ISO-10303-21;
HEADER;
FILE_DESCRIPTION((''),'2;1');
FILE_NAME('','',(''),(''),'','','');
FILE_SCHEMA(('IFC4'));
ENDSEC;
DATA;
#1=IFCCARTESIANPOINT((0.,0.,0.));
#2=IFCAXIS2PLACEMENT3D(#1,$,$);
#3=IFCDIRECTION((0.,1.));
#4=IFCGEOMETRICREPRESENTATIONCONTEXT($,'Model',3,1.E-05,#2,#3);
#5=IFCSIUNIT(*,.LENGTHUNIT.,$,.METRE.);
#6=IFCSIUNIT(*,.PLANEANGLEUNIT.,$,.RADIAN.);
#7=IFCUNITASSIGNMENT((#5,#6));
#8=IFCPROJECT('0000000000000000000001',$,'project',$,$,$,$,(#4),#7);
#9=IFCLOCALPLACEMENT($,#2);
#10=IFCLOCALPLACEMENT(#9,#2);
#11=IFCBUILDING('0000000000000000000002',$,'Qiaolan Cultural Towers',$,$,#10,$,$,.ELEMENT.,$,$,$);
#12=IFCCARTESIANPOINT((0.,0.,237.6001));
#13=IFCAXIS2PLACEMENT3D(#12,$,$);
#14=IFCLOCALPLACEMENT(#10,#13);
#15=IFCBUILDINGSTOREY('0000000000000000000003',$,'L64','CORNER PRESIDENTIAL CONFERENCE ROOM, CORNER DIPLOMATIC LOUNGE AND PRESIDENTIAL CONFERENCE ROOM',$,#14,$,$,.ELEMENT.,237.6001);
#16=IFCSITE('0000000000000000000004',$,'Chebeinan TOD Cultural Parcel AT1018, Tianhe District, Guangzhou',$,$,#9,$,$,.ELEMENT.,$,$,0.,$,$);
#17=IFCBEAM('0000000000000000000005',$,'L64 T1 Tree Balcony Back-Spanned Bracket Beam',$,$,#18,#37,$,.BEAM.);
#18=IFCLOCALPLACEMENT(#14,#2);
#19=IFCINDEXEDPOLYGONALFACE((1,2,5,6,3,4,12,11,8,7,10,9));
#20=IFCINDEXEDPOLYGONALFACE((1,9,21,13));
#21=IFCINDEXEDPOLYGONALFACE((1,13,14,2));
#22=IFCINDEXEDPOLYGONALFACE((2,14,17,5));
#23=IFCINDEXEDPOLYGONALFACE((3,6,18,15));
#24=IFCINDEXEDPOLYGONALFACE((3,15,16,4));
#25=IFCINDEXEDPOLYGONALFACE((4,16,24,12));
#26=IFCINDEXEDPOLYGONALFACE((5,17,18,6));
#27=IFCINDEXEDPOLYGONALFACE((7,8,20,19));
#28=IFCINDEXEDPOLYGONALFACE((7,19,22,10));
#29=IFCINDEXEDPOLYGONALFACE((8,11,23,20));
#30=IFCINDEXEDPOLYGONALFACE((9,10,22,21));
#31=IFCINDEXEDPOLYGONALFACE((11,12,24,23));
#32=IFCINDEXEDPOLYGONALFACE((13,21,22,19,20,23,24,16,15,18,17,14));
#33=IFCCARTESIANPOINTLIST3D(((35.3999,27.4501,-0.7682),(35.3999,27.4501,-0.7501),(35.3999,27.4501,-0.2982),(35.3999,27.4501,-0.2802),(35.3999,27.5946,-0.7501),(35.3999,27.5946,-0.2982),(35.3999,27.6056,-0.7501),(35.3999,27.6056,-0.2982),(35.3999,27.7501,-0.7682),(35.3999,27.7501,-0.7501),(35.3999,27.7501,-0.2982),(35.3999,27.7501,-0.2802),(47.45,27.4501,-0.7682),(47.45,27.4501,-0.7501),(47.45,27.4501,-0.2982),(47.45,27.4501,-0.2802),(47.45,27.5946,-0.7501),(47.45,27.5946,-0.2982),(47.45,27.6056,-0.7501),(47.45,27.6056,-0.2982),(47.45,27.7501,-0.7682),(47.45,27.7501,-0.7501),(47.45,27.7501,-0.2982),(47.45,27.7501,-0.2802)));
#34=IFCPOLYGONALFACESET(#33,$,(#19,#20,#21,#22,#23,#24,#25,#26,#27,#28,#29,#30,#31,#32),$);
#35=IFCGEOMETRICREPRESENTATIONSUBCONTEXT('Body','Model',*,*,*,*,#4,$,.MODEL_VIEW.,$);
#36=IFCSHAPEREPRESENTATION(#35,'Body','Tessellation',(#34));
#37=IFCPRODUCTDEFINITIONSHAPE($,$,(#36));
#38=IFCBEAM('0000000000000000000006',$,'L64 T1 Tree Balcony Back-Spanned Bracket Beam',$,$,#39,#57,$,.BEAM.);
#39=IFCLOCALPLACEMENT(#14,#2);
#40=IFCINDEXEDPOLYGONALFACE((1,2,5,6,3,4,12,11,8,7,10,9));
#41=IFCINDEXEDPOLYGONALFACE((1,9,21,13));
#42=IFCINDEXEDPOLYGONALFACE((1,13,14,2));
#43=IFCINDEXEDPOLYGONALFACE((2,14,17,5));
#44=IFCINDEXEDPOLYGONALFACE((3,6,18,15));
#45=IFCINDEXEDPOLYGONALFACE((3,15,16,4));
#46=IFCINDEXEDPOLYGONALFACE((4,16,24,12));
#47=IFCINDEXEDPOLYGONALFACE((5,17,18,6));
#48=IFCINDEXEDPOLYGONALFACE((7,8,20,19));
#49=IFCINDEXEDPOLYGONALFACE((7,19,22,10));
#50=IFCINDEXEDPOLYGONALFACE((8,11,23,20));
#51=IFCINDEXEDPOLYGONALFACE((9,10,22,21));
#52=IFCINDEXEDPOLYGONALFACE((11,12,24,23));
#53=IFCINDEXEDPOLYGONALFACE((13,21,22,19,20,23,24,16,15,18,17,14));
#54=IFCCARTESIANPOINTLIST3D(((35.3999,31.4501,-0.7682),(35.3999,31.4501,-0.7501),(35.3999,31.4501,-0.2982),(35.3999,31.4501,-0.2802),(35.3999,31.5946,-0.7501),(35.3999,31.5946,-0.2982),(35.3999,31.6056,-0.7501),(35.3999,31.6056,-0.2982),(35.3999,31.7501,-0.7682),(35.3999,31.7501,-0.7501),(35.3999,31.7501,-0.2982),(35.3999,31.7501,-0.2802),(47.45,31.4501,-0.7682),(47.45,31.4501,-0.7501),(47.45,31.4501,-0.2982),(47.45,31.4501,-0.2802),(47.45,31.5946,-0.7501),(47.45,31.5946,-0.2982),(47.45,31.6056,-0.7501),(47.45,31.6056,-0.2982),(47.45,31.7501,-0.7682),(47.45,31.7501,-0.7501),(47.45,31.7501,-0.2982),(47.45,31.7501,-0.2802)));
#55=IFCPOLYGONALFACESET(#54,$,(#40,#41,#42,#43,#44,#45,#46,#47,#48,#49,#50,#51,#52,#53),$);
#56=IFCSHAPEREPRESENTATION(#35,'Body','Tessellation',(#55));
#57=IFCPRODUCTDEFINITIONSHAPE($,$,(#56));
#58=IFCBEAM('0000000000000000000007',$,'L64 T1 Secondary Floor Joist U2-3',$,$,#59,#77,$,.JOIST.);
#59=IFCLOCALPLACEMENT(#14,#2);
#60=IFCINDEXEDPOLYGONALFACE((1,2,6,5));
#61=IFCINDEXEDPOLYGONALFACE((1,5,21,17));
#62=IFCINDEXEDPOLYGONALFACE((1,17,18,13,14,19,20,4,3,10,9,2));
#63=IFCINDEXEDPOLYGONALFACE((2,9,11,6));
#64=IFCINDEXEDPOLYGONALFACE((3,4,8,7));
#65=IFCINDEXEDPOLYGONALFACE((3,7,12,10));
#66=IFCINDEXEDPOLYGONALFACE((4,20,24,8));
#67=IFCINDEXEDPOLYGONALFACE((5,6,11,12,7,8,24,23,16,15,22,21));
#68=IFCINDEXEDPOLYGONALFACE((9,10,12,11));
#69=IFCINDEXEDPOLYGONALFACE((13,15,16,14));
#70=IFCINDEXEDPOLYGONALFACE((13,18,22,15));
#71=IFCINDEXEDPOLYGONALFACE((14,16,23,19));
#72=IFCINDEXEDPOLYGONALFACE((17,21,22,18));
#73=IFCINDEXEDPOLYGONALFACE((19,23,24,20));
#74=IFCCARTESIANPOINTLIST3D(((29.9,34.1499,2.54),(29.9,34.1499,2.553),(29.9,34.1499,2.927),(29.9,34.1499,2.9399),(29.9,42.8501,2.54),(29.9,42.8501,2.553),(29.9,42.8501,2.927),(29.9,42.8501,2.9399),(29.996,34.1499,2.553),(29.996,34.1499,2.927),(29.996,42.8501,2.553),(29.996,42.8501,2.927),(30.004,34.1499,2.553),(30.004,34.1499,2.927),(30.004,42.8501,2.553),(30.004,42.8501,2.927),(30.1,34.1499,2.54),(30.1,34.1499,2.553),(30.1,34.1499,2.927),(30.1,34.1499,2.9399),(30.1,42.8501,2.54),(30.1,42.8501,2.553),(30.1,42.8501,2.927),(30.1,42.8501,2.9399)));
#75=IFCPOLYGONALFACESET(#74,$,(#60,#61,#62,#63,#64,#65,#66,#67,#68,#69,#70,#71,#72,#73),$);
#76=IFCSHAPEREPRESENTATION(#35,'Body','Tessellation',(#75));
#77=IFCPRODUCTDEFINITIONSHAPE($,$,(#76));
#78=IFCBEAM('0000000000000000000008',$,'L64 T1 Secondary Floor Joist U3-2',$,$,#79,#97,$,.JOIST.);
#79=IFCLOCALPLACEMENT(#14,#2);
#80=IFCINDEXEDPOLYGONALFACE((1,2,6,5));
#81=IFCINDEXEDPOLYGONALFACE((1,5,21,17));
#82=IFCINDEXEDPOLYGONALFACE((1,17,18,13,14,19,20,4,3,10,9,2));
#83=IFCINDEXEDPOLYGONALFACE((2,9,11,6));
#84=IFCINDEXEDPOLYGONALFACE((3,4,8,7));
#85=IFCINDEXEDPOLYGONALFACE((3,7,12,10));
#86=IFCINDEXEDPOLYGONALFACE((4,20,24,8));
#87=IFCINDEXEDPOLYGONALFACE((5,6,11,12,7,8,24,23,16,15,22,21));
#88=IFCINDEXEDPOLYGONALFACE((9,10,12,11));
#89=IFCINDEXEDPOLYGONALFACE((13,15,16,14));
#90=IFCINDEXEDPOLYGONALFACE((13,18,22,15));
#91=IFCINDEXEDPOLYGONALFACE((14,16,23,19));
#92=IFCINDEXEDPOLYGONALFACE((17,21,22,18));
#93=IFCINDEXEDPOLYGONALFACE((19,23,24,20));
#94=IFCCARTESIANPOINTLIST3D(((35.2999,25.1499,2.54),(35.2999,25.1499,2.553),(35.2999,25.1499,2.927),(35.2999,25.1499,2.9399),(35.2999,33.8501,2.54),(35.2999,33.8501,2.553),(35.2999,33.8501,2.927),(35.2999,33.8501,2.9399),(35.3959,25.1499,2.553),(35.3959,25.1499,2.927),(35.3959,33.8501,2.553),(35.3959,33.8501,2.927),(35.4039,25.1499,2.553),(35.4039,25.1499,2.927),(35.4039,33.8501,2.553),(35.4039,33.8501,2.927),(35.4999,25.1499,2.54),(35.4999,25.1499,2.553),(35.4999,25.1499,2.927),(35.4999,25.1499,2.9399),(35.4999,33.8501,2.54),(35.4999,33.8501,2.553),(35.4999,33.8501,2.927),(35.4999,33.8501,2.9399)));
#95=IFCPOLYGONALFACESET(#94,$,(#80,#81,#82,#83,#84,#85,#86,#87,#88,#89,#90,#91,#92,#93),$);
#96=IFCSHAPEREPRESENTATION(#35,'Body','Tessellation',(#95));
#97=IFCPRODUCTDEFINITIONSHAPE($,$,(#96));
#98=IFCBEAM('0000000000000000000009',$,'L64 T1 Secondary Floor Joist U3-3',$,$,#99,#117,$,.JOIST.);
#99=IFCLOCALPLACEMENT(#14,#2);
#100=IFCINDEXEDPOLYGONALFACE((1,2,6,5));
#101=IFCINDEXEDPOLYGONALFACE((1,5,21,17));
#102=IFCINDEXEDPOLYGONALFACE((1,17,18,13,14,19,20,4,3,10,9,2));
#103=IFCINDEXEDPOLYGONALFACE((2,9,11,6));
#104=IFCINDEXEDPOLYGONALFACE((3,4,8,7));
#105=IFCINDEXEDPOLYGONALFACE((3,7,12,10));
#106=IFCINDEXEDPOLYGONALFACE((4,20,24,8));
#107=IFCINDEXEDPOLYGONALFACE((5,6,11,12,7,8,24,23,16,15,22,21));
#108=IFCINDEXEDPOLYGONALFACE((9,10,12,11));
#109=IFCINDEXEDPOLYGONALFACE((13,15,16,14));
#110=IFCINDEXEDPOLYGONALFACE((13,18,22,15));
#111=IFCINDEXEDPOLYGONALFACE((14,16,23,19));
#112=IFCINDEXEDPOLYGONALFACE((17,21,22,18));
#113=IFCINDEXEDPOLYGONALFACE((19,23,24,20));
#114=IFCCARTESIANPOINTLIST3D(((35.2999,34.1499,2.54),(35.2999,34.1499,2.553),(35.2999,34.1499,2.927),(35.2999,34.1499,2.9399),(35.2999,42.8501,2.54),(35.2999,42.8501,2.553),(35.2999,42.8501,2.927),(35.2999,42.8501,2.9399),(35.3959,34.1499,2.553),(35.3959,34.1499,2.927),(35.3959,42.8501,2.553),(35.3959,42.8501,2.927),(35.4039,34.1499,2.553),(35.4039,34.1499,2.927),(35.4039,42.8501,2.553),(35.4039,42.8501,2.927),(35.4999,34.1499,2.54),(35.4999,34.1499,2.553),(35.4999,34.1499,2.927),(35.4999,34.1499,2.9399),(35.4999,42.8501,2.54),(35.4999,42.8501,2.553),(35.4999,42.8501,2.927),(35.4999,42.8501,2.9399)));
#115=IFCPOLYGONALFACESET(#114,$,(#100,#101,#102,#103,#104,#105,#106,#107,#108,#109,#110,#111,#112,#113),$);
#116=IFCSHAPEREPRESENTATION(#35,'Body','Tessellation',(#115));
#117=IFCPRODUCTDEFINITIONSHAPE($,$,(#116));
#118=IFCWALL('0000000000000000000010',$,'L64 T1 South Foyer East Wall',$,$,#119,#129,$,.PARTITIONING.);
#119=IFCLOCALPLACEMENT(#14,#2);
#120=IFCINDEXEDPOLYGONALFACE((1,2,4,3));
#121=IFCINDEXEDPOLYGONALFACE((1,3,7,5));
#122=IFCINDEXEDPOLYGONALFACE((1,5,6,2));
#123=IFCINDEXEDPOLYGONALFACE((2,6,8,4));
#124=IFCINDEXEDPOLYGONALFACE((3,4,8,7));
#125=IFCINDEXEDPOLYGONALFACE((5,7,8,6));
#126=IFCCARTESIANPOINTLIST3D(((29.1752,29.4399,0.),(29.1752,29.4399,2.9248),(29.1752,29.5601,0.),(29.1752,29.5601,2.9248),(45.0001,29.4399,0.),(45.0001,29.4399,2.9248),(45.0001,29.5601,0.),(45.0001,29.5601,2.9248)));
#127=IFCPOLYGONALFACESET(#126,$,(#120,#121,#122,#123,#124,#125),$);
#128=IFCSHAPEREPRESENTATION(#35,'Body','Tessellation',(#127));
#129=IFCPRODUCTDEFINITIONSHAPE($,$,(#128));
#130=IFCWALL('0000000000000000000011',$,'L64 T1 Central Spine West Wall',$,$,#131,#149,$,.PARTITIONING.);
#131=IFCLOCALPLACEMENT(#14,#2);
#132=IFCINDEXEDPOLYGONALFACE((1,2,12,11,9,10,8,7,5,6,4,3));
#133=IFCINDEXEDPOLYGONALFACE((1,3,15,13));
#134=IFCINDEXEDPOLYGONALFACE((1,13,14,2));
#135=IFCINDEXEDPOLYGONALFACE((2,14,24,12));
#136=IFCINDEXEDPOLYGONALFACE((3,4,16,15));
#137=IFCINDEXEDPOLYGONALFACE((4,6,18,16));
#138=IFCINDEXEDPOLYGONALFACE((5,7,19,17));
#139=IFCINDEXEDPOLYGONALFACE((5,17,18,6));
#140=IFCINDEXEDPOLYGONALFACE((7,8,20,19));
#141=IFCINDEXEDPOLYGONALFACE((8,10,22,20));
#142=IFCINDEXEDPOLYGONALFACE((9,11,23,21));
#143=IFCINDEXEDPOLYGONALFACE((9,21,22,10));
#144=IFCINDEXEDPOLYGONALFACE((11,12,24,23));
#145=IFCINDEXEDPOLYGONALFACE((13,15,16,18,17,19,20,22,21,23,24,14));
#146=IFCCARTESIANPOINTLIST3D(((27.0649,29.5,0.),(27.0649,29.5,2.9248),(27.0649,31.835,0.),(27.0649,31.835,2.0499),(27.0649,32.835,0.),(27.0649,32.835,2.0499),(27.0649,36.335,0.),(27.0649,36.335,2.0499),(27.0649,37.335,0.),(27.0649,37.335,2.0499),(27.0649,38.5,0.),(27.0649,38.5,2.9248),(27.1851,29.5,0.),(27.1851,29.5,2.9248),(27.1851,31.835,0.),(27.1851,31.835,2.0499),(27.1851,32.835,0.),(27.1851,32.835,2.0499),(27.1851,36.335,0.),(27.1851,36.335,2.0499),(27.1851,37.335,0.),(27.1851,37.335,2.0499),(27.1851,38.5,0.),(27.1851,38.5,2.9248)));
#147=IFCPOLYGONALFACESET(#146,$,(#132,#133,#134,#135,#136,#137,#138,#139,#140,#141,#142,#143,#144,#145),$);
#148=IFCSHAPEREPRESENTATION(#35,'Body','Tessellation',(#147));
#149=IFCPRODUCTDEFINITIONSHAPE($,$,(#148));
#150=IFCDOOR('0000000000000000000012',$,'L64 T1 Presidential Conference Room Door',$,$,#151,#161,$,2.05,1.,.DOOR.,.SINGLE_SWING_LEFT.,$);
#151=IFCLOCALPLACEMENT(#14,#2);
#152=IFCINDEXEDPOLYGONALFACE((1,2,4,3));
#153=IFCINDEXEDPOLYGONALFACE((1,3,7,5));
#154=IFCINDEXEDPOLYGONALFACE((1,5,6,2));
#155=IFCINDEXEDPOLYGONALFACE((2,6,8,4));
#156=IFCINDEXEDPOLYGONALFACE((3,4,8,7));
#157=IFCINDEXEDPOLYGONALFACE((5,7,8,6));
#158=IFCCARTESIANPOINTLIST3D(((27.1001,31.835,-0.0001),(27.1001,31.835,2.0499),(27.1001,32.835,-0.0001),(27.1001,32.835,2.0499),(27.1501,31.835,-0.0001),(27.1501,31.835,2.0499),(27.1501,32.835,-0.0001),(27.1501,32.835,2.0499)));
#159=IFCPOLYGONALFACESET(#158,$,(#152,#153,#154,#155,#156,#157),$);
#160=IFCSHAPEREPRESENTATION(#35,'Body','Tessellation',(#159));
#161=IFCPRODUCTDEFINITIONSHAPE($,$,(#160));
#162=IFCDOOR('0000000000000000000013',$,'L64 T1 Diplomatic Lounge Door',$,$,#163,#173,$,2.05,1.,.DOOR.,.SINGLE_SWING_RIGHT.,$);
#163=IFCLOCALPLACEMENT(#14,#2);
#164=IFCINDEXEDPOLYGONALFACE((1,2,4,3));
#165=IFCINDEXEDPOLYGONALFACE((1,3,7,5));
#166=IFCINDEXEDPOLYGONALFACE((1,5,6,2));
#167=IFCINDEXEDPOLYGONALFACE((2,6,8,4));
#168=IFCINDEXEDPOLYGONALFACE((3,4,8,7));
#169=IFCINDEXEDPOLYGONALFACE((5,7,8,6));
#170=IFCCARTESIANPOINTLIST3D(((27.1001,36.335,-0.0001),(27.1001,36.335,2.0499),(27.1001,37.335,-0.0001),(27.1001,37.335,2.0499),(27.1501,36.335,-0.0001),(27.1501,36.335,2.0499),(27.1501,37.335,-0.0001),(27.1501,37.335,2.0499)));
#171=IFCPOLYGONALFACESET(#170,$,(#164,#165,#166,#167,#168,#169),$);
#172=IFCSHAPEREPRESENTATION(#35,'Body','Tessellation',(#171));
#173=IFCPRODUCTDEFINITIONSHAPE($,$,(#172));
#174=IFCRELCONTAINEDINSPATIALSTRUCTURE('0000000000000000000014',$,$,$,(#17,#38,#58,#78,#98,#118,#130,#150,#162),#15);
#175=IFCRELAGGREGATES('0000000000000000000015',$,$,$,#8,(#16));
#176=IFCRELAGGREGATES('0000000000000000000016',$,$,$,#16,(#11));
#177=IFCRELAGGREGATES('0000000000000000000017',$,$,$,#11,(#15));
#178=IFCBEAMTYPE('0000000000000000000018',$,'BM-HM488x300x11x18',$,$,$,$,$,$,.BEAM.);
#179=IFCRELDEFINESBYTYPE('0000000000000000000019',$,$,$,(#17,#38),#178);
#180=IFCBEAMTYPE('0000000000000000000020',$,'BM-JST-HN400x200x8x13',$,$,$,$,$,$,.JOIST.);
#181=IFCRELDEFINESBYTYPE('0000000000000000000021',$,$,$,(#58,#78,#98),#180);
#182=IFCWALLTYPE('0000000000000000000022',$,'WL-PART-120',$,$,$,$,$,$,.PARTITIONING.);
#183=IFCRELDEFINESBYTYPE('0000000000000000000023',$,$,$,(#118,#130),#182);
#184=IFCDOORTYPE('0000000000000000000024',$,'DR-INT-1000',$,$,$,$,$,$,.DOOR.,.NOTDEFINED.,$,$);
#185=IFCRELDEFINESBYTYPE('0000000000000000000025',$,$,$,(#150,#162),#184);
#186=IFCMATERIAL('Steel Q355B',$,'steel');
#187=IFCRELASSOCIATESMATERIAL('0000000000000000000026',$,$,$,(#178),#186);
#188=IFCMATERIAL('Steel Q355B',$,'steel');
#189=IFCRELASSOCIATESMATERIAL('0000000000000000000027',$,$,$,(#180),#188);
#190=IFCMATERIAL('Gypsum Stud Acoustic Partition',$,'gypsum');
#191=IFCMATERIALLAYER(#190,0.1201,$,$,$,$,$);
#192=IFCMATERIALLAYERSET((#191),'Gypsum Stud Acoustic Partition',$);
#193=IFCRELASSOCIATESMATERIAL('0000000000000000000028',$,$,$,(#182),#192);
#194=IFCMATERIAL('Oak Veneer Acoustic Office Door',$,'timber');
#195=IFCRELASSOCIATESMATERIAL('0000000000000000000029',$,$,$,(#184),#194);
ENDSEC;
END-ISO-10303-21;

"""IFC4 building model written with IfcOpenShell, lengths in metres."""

from ifc_helpers import new_model, si_unit, direction, frame, frame_2d, origin, origin_2d, place, context, subcontext, project, spatial, rectangle, i_section, extrude, material, layer, layer_set, material_profile, profile_set, type_object, element, fill, save


model = new_model("IFC4")

# Units and contexts
model_context = context("Model", 3, precision=1e-05, world=origin(), true_north=direction((0.0, 1.0)))
body_context = subcontext(model_context, "Body", "Model", "MODEL_VIEW")
ifc_project = project(units=[si_unit("LENGTHUNIT", "METRE"), si_unit("PLANEANGLEUNIT", "RADIAN")], contexts=[model_context])

# Site, building, storey
site_placement = place(None, origin())
site = spatial("IfcSite", under=ifc_project, at=site_placement, Name="Chebeinan TOD Cultural Parcel AT1018, Tianhe District, Guangzhou", CompositionType="ELEMENT", RefElevation=0.0)
building_placement = place(site_placement, origin())
building = spatial("IfcBuilding", under=site, at=building_placement, Name="Qiaolan Cultural Towers", CompositionType="ELEMENT")
storey_placement = place(building_placement, frame((0.0, 0.0, 237.6001)))
storey = spatial("IfcBuildingStorey", under=building, at=storey_placement, Name="L64", Description="CORNER PRESIDENTIAL CONFERENCE ROOM, CORNER DIPLOMATIC LOUNGE AND PRESIDENTIAL CONFERENCE ROOM", CompositionType="ELEMENT", Elevation=237.6001)

# Beams
ifc_material_1 = material(Name="Steel Q355B", Category="steel")
ifc_material_profile_1 = material_profile(ifc_material_1, i_section(OverallWidth=0.3, OverallDepth=0.488, WebThickness=0.011, FlangeThickness=0.0181, at=origin_2d()), Name="HM488x300x11x18")
ifc_profile_set_1 = profile_set([ifc_material_profile_1], Name="Steel Q355B")
beam_type_1 = type_object("IfcBeamType", Name="BM-HM488x300x11x18", PredefinedType="BEAM", material=ifc_profile_set_1)
for number, where, z_axis, x_axis, name in (
    (1, (35.3999, 27.6001, -0.5242), (1.0, 0.0, 0.0), (0.0, 1.0, 0.0), "L64 T1 Tree Balcony Back-Spanned Bracket Beam"),
    (2, (35.3999, 31.6001, -0.5242), (1.0, 0.0, 0.0), (0.0, 1.0, 0.0), "L64 T1 Tree Balcony Back-Spanned Bracket Beam"),
):
    element("IfcBeam", number, at=place(storey_placement, frame(where, z_axis=z_axis, x_axis=x_axis)), inside=storey, type_object=beam_type_1, Name=name, PredefinedType="BEAM", context=body_context, shape_type="SweptSolid", body=[
        extrude(i_section(OverallWidth=0.3, OverallDepth=0.488, WebThickness=0.011, FlangeThickness=0.0181, at=origin_2d()), origin(), (0.0, 0.0, 1.0), 12.05),
    ])
ifc_material_2 = material(Name="Steel Q355B", Category="steel")
ifc_material_profile_2 = material_profile(ifc_material_2, i_section(OverallWidth=0.2, OverallDepth=0.3999, WebThickness=0.0081, FlangeThickness=0.0129, at=origin_2d()), Name="HN400x200x8x13")
ifc_profile_set_2 = profile_set([ifc_material_profile_2], Name="Steel Q355B")
beam_type_2 = type_object("IfcBeamType", Name="BM-JST-HN400x200x8x13", PredefinedType="JOIST", material=ifc_profile_set_2)
for number, where, z_axis, x_axis, name in (
    (3, (30.0, 34.1499, 2.74), (0.0, 1.0, 0.0), (-1.0, 0.0, 0.0), "L64 T1 Secondary Floor Joist U2-3"),
    (4, (35.3999, 25.1499, 2.74), (0.0, 1.0, 0.0), (-1.0, 0.0, 0.0), "L64 T1 Secondary Floor Joist U3-2"),
    (5, (35.3999, 34.1499, 2.74), (0.0, 1.0, 0.0), (-1.0, 0.0, 0.0), "L64 T1 Secondary Floor Joist U3-3"),
):
    element("IfcBeam", number, at=place(storey_placement, frame(where, z_axis=z_axis, x_axis=x_axis)), inside=storey, type_object=beam_type_2, Name=name, PredefinedType="JOIST", context=body_context, shape_type="SweptSolid", body=[
        extrude(i_section(OverallWidth=0.2, OverallDepth=0.3999, WebThickness=0.0081, FlangeThickness=0.0129, at=origin_2d()), origin(), (0.0, 0.0, 1.0), 8.7002),
    ])

# Wall
ifc_material_3 = material(Name="Gypsum Stud Acoustic Partition", Category="gypsum")
ifc_layer = layer(ifc_material_3, 0.1201)
ifc_layer_set = layer_set([ifc_layer], Name="Gypsum Stud Acoustic Partition")
wall_type = type_object("IfcWallType", Name="WL-PART-120", PredefinedType="PARTITIONING", material=ifc_layer_set)
wall_1_placement = place(storey_placement, frame((29.175, 29.5, 0.0), z_axis=(0.0, 0.0, 1.0), x_axis=(1.0, 0.0, 0.0)))
element("IfcWall", 6, at=wall_1_placement, inside=storey, type_object=wall_type, Name="L64 T1 South Foyer East Wall", PredefinedType="PARTITIONING", context=body_context, shape_type="SweptSolid", body=[
    extrude(rectangle(XDim=15.825, YDim=0.1201, at=frame_2d((7.9126, 0.0))), origin(), (0.0, 0.0, 1.0), 2.9248),
])

# Wall, openings, doors
wall_2_placement = place(storey_placement, frame((27.125, 29.5, 0.0), z_axis=(0.0, 0.0, 1.0), x_axis=(0.0, 1.0, 0.0)))
wall_2 = element("IfcWall", 7, at=wall_2_placement, inside=storey, type_object=wall_type, Name="L64 T1 Central Spine West Wall", PredefinedType="PARTITIONING", context=body_context, shape_type="SweptSolid", body=[
    extrude(rectangle(XDim=9.0, YDim=0.1201, at=frame_2d((4.5, 0.0))), origin(), (0.0, 0.0, 1.0), 2.9248),
])
opening_1_placement = place(wall_2_placement, frame((2.335, 0.0, 0.0)))
opening_1 = element("IfcOpeningElement", 8, at=opening_1_placement, cuts=wall_2, PredefinedType="OPENING", context=body_context, shape_type="SweptSolid", body=[
    extrude(rectangle(XDim=1.0, YDim=2.05, at=frame_2d((0.5, 1.0249))), frame((0.0, 0.0701, 0.0), z_axis=(0.0, -1.0, 0.0), x_axis=(1.0, 0.0, 0.0)), (0.0, 0.0, 1.0), 0.1401),
])
opening_2_placement = place(wall_2_placement, frame((6.835, 0.0, 0.0)))
opening_2 = element("IfcOpeningElement", 9, at=opening_2_placement, cuts=wall_2, PredefinedType="OPENING", context=body_context, shape_type="SweptSolid", body=[
    extrude(rectangle(XDim=1.0, YDim=2.05, at=frame_2d((0.5, 1.0249))), frame((0.0, 0.0701, 0.0), z_axis=(0.0, -1.0, 0.0), x_axis=(1.0, 0.0, 0.0)), (0.0, 0.0, 1.0), 0.1401),
])
ifc_material_4 = material(Name="Oak Veneer Acoustic Office Door", Category="timber")
door_type = type_object("IfcDoorType", Name="DR-INT-1000", OperationType="NOTDEFINED", PredefinedType="DOOR", material=ifc_material_4)
door_1_placement = place(opening_1_placement, origin())
door_1 = element("IfcDoor", 10, at=door_1_placement, inside=storey, type_object=door_type, Name="L64 T1 Presidential Conference Room Door", OperationType="SINGLE_SWING_LEFT", OverallHeight=2.05, OverallWidth=1.0, PredefinedType="DOOR", context=body_context, shape_type="SweptSolid", body=[
    extrude(rectangle(XDim=1.0, YDim=2.05, at=frame_2d((0.5, 1.0249))), frame((0.0, 0.0249, 0.0), z_axis=(0.0, -1.0, 0.0), x_axis=(1.0, 0.0, 0.0)), (0.0, 0.0, 1.0), 0.05),
])
fill(opening_1, door_1)
door_2_placement = place(opening_2_placement, origin())
door_2 = element("IfcDoor", 11, at=door_2_placement, inside=storey, type_object=door_type, Name="L64 T1 Diplomatic Lounge Door", OperationType="SINGLE_SWING_RIGHT", OverallHeight=2.05, OverallWidth=1.0, PredefinedType="DOOR", context=body_context, shape_type="SweptSolid", body=[
    extrude(rectangle(XDim=1.0, YDim=2.05, at=frame_2d((0.5, 1.0249))), frame((0.0, 0.0249, 0.0), z_axis=(0.0, -1.0, 0.0), x_axis=(1.0, 0.0, 0.0)), (0.0, 0.0, 1.0), 0.05),
])
fill(opening_2, door_2)

save(model, "model.ifc")
